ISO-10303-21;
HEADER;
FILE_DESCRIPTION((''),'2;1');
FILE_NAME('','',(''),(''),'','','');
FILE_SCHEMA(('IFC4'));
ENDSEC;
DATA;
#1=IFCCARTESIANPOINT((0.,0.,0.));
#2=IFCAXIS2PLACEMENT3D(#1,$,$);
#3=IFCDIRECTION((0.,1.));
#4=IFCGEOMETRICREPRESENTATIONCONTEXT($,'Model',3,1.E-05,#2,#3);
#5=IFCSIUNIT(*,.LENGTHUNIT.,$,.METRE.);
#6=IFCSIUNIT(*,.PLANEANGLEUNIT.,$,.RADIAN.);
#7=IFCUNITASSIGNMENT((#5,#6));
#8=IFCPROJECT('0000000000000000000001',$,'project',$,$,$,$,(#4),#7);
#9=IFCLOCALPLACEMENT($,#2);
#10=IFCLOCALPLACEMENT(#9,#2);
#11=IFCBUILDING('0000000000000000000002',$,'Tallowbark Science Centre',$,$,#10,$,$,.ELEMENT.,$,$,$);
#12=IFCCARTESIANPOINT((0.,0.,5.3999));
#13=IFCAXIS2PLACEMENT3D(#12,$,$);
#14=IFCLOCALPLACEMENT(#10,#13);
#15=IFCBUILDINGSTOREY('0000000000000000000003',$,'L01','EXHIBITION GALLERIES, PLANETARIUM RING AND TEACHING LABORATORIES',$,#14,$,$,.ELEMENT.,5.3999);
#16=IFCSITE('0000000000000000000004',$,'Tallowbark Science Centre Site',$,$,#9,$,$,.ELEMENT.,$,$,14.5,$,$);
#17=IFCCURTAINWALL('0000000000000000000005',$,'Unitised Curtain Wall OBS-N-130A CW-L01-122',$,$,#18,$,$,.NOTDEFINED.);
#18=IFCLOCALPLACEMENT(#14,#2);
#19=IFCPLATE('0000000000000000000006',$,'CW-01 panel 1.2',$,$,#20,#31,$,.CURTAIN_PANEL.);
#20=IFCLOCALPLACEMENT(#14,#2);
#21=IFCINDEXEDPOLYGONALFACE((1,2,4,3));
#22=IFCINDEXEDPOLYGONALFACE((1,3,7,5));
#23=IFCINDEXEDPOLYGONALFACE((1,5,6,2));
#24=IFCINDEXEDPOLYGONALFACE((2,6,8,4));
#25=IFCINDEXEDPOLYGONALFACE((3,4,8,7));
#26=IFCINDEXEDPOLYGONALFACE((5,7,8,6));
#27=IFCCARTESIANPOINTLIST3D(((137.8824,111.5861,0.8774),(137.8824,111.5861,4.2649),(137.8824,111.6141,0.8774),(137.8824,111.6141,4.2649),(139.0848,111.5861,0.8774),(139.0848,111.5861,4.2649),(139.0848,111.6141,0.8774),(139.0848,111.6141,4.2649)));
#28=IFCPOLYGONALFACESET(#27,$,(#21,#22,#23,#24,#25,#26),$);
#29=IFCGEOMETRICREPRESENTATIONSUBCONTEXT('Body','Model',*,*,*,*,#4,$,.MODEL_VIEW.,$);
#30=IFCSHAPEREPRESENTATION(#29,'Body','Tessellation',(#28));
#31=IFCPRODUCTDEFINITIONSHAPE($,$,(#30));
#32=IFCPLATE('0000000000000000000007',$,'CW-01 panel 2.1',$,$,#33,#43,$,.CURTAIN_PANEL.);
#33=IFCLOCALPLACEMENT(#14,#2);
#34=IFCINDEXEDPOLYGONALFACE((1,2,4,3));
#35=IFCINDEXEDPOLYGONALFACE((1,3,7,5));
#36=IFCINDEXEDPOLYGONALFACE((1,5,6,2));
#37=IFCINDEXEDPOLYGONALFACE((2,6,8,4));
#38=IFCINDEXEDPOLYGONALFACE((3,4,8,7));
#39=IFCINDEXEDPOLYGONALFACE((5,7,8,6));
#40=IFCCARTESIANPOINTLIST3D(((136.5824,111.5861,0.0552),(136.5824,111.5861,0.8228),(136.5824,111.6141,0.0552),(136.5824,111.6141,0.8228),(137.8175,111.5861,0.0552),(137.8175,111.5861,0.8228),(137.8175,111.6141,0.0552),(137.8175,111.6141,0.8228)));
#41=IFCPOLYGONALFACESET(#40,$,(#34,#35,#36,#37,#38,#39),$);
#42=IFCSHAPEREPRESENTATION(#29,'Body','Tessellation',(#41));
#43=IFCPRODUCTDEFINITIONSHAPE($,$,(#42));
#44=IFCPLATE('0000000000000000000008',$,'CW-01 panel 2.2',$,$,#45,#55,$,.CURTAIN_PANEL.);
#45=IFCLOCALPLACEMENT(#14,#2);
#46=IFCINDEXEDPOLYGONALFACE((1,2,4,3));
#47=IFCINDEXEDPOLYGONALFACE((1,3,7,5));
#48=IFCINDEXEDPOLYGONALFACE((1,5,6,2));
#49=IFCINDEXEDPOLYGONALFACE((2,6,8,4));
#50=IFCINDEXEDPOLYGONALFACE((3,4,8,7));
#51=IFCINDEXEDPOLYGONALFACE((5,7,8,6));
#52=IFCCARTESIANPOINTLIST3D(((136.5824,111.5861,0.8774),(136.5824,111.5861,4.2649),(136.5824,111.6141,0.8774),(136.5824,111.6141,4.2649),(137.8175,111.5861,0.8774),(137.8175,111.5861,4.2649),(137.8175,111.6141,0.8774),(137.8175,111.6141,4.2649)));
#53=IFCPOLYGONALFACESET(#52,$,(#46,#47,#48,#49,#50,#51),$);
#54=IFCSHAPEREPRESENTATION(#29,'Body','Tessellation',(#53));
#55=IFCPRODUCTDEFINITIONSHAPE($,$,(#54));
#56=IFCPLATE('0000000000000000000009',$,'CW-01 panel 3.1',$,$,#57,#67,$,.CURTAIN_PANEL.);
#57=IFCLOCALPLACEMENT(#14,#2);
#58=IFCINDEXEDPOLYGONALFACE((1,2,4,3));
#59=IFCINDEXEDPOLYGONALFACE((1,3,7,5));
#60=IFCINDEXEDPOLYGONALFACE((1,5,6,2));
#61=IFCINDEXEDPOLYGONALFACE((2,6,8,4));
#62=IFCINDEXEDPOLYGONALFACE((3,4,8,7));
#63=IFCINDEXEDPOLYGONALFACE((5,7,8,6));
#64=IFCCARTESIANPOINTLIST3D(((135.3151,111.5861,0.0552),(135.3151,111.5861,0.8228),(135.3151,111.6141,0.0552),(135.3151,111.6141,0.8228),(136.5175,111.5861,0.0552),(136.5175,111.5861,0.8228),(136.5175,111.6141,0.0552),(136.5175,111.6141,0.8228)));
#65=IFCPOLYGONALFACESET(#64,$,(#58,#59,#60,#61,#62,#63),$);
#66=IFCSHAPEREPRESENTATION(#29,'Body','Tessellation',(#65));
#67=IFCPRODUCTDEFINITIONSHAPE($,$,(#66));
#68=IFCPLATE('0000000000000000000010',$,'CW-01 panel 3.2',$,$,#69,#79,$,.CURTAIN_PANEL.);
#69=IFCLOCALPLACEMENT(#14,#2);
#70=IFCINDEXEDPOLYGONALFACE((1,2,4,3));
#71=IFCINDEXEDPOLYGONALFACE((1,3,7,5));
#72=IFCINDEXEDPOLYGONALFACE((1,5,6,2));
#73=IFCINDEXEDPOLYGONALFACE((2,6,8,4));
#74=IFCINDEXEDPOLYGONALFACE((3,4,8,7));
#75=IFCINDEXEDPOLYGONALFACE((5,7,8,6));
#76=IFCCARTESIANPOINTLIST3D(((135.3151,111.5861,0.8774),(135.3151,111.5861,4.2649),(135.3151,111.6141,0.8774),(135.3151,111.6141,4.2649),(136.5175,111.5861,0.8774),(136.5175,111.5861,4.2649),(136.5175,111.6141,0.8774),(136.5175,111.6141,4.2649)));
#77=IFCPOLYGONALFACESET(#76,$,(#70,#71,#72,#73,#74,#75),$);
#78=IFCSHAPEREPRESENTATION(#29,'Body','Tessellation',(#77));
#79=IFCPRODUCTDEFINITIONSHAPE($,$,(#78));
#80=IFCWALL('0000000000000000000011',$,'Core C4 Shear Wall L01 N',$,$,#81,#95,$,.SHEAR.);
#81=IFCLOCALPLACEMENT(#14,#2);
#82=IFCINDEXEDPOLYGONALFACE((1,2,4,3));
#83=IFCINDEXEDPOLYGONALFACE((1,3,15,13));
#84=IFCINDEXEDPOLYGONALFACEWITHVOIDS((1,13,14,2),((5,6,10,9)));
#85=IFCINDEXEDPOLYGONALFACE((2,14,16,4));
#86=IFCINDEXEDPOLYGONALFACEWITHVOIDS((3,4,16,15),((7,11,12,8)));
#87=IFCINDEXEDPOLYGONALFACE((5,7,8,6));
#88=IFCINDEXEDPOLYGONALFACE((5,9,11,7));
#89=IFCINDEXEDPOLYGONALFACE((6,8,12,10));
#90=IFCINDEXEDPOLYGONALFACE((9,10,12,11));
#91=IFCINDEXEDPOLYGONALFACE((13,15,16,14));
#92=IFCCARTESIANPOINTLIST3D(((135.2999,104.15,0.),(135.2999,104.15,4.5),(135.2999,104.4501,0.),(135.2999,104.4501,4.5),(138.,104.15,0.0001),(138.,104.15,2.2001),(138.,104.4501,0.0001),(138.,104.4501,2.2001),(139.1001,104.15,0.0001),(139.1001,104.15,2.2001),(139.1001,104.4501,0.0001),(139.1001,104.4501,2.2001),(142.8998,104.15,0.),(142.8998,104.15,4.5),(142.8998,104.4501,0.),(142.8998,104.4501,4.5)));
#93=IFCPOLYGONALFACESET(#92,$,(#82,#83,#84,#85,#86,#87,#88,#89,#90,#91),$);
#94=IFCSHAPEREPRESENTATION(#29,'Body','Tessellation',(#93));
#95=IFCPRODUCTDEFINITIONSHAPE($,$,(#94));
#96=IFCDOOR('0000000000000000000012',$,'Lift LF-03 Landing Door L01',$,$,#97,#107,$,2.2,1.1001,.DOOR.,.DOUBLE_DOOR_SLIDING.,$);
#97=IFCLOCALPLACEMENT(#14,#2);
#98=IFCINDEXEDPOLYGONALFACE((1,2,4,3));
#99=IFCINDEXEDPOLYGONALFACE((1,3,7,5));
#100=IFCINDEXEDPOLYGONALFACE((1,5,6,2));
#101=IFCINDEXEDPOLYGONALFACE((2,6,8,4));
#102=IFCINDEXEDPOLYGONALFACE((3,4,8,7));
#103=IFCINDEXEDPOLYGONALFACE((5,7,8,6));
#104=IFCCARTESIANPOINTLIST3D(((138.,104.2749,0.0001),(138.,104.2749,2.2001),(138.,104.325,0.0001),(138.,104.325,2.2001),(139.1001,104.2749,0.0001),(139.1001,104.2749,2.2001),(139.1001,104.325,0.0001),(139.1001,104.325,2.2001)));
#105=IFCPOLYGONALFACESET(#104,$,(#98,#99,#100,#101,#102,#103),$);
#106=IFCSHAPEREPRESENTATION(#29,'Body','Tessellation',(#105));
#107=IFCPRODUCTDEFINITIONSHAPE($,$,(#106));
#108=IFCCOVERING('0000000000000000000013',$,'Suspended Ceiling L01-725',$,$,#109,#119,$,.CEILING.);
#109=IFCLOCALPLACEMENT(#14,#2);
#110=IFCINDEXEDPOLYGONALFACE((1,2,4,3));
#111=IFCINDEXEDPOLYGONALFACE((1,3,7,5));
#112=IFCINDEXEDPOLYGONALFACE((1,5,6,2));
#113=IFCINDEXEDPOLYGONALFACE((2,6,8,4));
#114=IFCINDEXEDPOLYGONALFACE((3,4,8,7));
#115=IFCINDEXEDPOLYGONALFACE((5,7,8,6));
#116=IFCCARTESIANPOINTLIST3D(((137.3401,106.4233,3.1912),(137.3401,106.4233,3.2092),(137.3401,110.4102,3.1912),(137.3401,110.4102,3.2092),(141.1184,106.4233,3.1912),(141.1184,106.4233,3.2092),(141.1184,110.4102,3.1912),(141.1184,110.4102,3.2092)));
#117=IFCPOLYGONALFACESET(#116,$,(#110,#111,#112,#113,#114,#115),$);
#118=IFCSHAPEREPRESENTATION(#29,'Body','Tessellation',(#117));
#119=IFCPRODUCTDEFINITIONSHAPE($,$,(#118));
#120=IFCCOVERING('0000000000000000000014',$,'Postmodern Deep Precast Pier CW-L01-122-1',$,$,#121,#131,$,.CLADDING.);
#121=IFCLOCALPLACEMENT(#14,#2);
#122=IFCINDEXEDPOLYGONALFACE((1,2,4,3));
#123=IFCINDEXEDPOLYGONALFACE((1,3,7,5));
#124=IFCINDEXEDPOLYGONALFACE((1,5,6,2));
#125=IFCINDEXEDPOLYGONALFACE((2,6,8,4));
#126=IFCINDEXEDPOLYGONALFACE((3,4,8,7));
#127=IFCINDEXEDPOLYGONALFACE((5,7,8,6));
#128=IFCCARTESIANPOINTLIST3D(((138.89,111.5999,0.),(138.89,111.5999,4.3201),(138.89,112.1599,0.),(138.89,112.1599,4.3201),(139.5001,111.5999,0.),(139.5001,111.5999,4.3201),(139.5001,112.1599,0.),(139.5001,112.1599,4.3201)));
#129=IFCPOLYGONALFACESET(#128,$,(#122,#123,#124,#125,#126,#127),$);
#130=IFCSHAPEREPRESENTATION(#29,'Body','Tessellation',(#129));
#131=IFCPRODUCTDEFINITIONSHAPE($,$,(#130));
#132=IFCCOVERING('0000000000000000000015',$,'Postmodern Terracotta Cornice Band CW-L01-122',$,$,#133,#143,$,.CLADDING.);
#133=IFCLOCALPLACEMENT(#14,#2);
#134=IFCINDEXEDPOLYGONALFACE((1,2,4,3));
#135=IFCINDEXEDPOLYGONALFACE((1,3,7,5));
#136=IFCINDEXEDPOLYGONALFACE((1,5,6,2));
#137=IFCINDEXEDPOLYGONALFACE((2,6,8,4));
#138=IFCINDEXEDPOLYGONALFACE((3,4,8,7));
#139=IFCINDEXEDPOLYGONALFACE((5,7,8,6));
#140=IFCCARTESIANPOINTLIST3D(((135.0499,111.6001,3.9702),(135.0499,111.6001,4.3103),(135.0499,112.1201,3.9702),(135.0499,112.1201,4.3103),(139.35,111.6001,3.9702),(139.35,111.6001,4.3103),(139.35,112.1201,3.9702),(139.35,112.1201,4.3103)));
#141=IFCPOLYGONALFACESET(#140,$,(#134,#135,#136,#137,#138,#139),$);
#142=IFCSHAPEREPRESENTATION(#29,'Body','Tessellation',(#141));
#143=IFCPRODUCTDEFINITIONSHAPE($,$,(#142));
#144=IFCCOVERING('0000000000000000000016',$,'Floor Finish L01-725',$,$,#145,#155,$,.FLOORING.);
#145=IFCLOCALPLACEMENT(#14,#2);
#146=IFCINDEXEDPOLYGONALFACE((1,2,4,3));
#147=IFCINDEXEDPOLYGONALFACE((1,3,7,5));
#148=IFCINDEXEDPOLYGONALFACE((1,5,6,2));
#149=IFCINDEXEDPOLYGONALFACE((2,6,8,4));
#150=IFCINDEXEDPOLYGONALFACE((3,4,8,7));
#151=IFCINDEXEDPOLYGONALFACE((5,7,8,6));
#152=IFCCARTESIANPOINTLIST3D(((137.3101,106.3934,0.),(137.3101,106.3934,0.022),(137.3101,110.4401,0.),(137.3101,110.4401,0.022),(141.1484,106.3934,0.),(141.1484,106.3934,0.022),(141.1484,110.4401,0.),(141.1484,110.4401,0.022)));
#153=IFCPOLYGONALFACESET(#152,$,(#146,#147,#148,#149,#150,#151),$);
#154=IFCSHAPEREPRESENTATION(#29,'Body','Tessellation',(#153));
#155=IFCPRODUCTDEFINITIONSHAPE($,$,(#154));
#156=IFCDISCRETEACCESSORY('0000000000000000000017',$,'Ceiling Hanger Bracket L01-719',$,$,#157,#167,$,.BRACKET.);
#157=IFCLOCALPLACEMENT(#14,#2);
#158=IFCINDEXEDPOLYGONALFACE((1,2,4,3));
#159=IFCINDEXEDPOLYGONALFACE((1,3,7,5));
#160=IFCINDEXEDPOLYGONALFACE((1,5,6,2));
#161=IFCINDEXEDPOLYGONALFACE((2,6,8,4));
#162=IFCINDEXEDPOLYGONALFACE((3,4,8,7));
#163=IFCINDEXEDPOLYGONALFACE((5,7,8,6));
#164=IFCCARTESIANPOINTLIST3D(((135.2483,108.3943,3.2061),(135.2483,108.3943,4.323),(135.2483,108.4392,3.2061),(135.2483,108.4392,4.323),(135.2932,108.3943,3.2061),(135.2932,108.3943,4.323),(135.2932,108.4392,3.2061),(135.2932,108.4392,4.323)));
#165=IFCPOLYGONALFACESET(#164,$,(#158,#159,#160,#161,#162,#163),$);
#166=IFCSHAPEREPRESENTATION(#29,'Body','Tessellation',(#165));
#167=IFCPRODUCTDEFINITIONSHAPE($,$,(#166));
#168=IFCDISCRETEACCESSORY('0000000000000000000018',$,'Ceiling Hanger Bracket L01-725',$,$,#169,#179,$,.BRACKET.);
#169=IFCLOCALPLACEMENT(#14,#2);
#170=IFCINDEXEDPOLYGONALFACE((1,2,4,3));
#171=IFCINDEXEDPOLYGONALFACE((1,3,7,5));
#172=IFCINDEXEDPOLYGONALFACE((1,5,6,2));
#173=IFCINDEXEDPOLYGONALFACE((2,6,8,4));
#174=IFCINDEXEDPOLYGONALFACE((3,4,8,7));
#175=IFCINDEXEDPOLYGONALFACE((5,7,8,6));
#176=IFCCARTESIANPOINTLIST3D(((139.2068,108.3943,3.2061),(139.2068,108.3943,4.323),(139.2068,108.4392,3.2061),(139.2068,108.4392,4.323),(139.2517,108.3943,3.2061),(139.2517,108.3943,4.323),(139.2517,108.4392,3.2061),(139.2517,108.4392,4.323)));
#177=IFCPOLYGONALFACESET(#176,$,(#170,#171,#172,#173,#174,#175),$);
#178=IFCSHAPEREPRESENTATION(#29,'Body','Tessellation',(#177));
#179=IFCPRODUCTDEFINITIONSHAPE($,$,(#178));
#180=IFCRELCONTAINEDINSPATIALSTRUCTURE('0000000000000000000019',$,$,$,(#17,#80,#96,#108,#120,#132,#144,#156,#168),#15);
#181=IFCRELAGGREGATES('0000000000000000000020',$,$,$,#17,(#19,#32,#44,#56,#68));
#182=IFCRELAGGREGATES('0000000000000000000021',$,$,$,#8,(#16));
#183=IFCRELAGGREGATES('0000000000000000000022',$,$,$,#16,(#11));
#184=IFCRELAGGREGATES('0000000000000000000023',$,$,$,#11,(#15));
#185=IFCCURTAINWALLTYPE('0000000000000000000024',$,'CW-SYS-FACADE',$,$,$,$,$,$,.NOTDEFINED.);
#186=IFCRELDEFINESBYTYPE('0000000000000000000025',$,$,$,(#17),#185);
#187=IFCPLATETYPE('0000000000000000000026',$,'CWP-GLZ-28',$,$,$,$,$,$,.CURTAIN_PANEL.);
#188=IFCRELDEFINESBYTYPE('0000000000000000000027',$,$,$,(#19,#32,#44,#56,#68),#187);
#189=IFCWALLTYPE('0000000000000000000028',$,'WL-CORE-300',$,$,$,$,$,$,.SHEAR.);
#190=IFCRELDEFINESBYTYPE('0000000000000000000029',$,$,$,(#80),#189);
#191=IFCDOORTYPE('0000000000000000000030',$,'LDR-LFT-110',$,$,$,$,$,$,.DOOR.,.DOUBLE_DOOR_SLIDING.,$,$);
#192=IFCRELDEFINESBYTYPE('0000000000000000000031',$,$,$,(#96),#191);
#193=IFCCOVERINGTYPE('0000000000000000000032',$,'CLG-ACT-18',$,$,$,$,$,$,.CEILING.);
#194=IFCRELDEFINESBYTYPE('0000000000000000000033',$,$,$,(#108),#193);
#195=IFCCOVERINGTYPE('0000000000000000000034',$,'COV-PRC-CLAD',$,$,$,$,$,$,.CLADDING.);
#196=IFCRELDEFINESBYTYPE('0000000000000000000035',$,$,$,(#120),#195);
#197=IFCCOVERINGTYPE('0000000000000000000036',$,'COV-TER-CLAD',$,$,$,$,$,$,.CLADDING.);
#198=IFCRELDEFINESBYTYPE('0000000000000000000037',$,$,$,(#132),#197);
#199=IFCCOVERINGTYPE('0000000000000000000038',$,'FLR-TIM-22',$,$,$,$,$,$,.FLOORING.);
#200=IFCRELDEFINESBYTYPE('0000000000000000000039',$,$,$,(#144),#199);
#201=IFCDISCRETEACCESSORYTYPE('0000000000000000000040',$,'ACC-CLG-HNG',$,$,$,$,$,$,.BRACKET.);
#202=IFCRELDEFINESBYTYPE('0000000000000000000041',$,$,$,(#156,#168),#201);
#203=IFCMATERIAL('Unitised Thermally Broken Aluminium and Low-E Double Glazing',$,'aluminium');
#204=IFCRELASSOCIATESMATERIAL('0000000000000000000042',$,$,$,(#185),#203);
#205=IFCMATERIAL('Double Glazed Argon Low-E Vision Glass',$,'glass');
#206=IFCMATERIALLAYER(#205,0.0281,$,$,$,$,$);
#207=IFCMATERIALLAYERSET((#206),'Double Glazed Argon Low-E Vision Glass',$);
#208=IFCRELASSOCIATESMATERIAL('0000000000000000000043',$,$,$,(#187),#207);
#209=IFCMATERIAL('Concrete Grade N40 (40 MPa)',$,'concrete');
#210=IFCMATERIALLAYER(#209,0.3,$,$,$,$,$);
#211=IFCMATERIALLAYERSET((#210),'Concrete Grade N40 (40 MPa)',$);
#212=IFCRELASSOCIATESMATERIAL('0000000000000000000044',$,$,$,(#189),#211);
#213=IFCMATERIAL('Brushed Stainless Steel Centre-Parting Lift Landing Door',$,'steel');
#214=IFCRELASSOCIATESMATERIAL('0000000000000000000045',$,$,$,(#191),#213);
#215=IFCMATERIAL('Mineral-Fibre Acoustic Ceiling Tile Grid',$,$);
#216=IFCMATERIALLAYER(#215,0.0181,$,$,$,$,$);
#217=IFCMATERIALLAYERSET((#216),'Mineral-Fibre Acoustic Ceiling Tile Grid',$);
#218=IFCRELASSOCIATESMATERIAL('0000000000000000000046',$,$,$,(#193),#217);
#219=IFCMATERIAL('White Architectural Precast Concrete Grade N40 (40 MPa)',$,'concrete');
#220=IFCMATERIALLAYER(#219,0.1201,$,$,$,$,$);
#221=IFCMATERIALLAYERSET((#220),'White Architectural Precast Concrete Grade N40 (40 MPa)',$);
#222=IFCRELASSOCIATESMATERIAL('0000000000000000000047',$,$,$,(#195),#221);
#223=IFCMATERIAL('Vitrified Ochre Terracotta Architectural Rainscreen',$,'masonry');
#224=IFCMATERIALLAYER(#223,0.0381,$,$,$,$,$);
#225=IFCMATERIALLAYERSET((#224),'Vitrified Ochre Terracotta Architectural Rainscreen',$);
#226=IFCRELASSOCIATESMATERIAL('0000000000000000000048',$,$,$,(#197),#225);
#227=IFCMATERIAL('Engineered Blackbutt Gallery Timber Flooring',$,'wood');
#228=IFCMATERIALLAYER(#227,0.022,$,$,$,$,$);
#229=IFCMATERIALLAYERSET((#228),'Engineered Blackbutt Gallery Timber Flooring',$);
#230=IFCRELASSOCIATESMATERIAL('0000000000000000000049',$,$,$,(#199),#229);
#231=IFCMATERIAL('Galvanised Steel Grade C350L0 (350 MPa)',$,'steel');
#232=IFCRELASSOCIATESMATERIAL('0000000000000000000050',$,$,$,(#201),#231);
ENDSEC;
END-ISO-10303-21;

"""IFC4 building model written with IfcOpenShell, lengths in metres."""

from ifc_helpers import new_model, si_unit, direction, frame, frame_2d, origin, origin_2d, place, context, subcontext, project, spatial, rectangle, extrude, material, layer, layer_set, type_object, element, fill, aggregate, save


model = new_model("IFC4")

# Units and contexts
model_context = context("Model", 3, precision=1e-05, world=origin(), true_north=direction((0.0, 1.0)))
body_context = subcontext(model_context, "Body", "Model", "MODEL_VIEW")
ifc_project = project(units=[si_unit("LENGTHUNIT", "METRE"), si_unit("PLANEANGLEUNIT", "RADIAN")], contexts=[model_context])

# Site, building, storey
site_placement = place(None, origin())
site = spatial("IfcSite", under=ifc_project, at=site_placement, Name="Tallowbark Science Centre Site", CompositionType="ELEMENT", RefElevation=14.5)
building_placement = place(site_placement, origin())
building = spatial("IfcBuilding", under=site, at=building_placement, Name="Tallowbark Science Centre", CompositionType="ELEMENT")
storey_placement = place(building_placement, frame((0.0, 0.0, 5.3999)))
storey = spatial("IfcBuildingStorey", under=building, at=storey_placement, Name="L01", Description="EXHIBITION GALLERIES, PLANETARIUM RING AND TEACHING LABORATORIES", CompositionType="ELEMENT", Elevation=5.3999)

# Curtain wall, plates
ifc_material_1 = material(Name="Unitised Thermally Broken Aluminium and Low-E Double Glazing", Category="aluminium")
curtain_wall_type = type_object("IfcCurtainWallType", Name="CW-SYS-FACADE", PredefinedType="NOTDEFINED", material=ifc_material_1)
curtain_wall_placement = place(storey_placement, origin())
curtain_wall = element("IfcCurtainWall", 1, at=curtain_wall_placement, inside=storey, type_object=curtain_wall_type, Name="Unitised Curtain Wall OBS-N-130A CW-L01-122", PredefinedType="NOTDEFINED")
ifc_material_2 = material(Name="Double Glazed Argon Low-E Vision Glass", Category="glass")
ifc_layer_1 = layer(ifc_material_2, 0.0281)
ifc_layer_set_1 = layer_set([ifc_layer_1], Name="Double Glazed Argon Low-E Vision Glass")
plate_type = type_object("IfcPlateType", Name="CWP-GLZ-28", PredefinedType="CURTAIN_PANEL", material=ifc_layer_set_1)
plate_1_placement = place(storey_placement, frame((138.4836, 111.6001, 0.8774), z_axis=(0.0, 0.0, 1.0), x_axis=(-1.0, 0.0, 0.0)))
plate_1 = element("IfcPlate", 2, at=plate_1_placement, type_object=plate_type, Name="CW-01 panel 1.2", PredefinedType="CURTAIN_PANEL", context=body_context, shape_type="SweptSolid", body=[
    extrude(rectangle(XDim=1.2024, YDim=0.0281, at=origin_2d()), origin(), (0.0, 0.0, 1.0), 3.3875),
])
plate_2_placement = place(storey_placement, frame((137.2, 111.6001, 0.0552), z_axis=(0.0, 0.0, 1.0), x_axis=(-1.0, 0.0, 0.0)))
plate_2 = element("IfcPlate", 3, at=plate_2_placement, type_object=plate_type, Name="CW-01 panel 2.1", PredefinedType="CURTAIN_PANEL", context=body_context, shape_type="SweptSolid", body=[
    extrude(rectangle(XDim=1.2351, YDim=0.0281, at=origin_2d()), origin(), (0.0, 0.0, 1.0), 0.7676),
])
plate_3_placement = place(storey_placement, frame((137.2, 111.6001, 0.8774), z_axis=(0.0, 0.0, 1.0), x_axis=(-1.0, 0.0, 0.0)))
plate_3 = element("IfcPlate", 4, at=plate_3_placement, type_object=plate_type, Name="CW-01 panel 2.2", PredefinedType="CURTAIN_PANEL", context=body_context, shape_type="SweptSolid", body=[
    extrude(rectangle(XDim=1.2351, YDim=0.0281, at=origin_2d()), origin(), (0.0, 0.0, 1.0), 3.3875),
])
plate_4_placement = place(storey_placement, frame((135.9163, 111.6001, 0.0552), z_axis=(0.0, 0.0, 1.0), x_axis=(-1.0, 0.0, 0.0)))
plate_4 = element("IfcPlate", 5, at=plate_4_placement, type_object=plate_type, Name="CW-01 panel 3.1", PredefinedType="CURTAIN_PANEL", context=body_context, shape_type="SweptSolid", body=[
    extrude(rectangle(XDim=1.2024, YDim=0.0281, at=origin_2d()), origin(), (0.0, 0.0, 1.0), 0.7676),
])
plate_5_placement = place(storey_placement, frame((135.9163, 111.6001, 0.8774), z_axis=(0.0, 0.0, 1.0), x_axis=(-1.0, 0.0, 0.0)))
plate_5 = element("IfcPlate", 6, at=plate_5_placement, type_object=plate_type, Name="CW-01 panel 3.2", PredefinedType="CURTAIN_PANEL", context=body_context, shape_type="SweptSolid", body=[
    extrude(rectangle(XDim=1.2024, YDim=0.0281, at=origin_2d()), origin(), (0.0, 0.0, 1.0), 3.3875),
])
aggregate(curtain_wall, [plate_1, plate_2, plate_3, plate_4, plate_5])

# Wall, opening, door
ifc_material_3 = material(Name="Concrete Grade N40 (40 MPa)", Category="concrete")
ifc_layer_2 = layer(ifc_material_3, 0.3)
ifc_layer_set_2 = layer_set([ifc_layer_2], Name="Concrete Grade N40 (40 MPa)")
wall_type = type_object("IfcWallType", Name="WL-CORE-300", PredefinedType="SHEAR", material=ifc_layer_set_2)
wall_placement = place(storey_placement, frame((135.3, 104.3, 0.0), z_axis=(0.0, 0.0, 1.0), x_axis=(1.0, 0.0, 0.0)))
wall = element("IfcWall", 7, at=wall_placement, inside=storey, type_object=wall_type, Name="Core C4 Shear Wall L01 N", PredefinedType="SHEAR", context=body_context, shape_type="SweptSolid", body=[
    extrude(rectangle(XDim=7.5999, YDim=0.3, at=frame_2d((3.7998, 0.0))), origin(), (0.0, 0.0, 1.0), 4.5),
])
opening_placement = place(wall_placement, frame((2.7, 0.0, 0.0)))
opening = element("IfcOpeningElement", 8, at=opening_placement, cuts=wall, PredefinedType="OPENING", context=body_context, shape_type="SweptSolid", body=[
    extrude(rectangle(XDim=1.1001, YDim=2.2, at=frame_2d((0.55, 1.1001))), frame((0.0, 0.1602, 0.0), z_axis=(0.0, -1.0, 0.0), x_axis=(1.0, 0.0, 0.0)), (0.0, 0.0, 1.0), 0.3201),
])
ifc_material_4 = material(Name="Brushed Stainless Steel Centre-Parting Lift Landing Door", Category="steel")
door_type = type_object("IfcDoorType", Name="LDR-LFT-110", OperationType="DOUBLE_DOOR_SLIDING", PredefinedType="DOOR", material=ifc_material_4)
door_placement = place(opening_placement, origin())
door = element("IfcDoor", 9, at=door_placement, inside=storey, type_object=door_type, Name="Lift LF-03 Landing Door L01", OperationType="DOUBLE_DOOR_SLIDING", OverallHeight=2.2, OverallWidth=1.1001, PredefinedType="DOOR", context=body_context, shape_type="SweptSolid", body=[
    extrude(rectangle(XDim=1.1001, YDim=2.2, at=frame_2d((0.55, 1.1001))), frame((0.0, 0.0249, 0.0), z_axis=(0.0, -1.0, 0.0), x_axis=(1.0, 0.0, 0.0)), (0.0, 0.0, 1.0), 0.05),
])
fill(opening, door)

# Coverings
ifc_material_5 = material(Name="Mineral-Fibre Acoustic Ceiling Tile Grid")
ifc_layer_3 = layer(ifc_material_5, 0.0181)
ifc_layer_set_3 = layer_set([ifc_layer_3], Name="Mineral-Fibre Acoustic Ceiling Tile Grid")
covering_type_1 = type_object("IfcCoveringType", Name="CLG-ACT-18", PredefinedType="CEILING", material=ifc_layer_set_3)
covering_1_placement = place(storey_placement, frame((139.2292, 108.4167, 3.1912), z_axis=(0.0, 0.0, 1.0), x_axis=(1.0, 0.0, 0.0)))
element("IfcCovering", 10, at=covering_1_placement, inside=storey, type_object=covering_type_1, Name="Suspended Ceiling L01-725", PredefinedType="CEILING", context=body_context, shape_type="SweptSolid", body=[
    extrude(rectangle(XDim=3.7783, YDim=3.9868, at=origin_2d()), origin(), (0.0, 0.0, 1.0), 0.0181),
])
ifc_material_6 = material(Name="White Architectural Precast Concrete Grade N40 (40 MPa)", Category="concrete")
ifc_layer_4 = layer(ifc_material_6, 0.1201)
ifc_layer_set_4 = layer_set([ifc_layer_4], Name="White Architectural Precast Concrete Grade N40 (40 MPa)")
covering_type_2 = type_object("IfcCoveringType", Name="COV-PRC-CLAD", PredefinedType="CLADDING", material=ifc_layer_set_4)
covering_2_placement = place(storey_placement, frame((139.1951, 111.8799, 0.0), z_axis=(0.0, 0.0, 1.0), x_axis=(-1.0, 0.0, 0.0)))
element("IfcCovering", 11, at=covering_2_placement, inside=storey, type_object=covering_type_2, Name="Postmodern Deep Precast Pier CW-L01-122-1", PredefinedType="CLADDING", context=body_context, shape_type="SweptSolid", body=[
    extrude(rectangle(XDim=0.6101, YDim=0.5601, at=origin_2d()), origin(), (0.0, 0.0, 1.0), 4.3201),
])
ifc_material_7 = material(Name="Vitrified Ochre Terracotta Architectural Rainscreen", Category="masonry")
ifc_layer_5 = layer(ifc_material_7, 0.0381)
ifc_layer_set_5 = layer_set([ifc_layer_5], Name="Vitrified Ochre Terracotta Architectural Rainscreen")
covering_type_3 = type_object("IfcCoveringType", Name="COV-TER-CLAD", PredefinedType="CLADDING", material=ifc_layer_set_5)
covering_3_placement = place(storey_placement, frame((137.2, 111.8601, 3.9702), z_axis=(0.0, 0.0, 1.0), x_axis=(-1.0, 0.0, 0.0)))
element("IfcCovering", 12, at=covering_3_placement, inside=storey, type_object=covering_type_3, Name="Postmodern Terracotta Cornice Band CW-L01-122", PredefinedType="CLADDING", context=body_context, shape_type="SweptSolid", body=[
    extrude(rectangle(XDim=4.3, YDim=0.52, at=origin_2d()), origin(), (0.0, 0.0, 1.0), 0.3401),
])
ifc_material_8 = material(Name="Engineered Blackbutt Gallery Timber Flooring", Category="wood")
ifc_layer_6 = layer(ifc_material_8, 0.022)
ifc_layer_set_6 = layer_set([ifc_layer_6], Name="Engineered Blackbutt Gallery Timber Flooring")
covering_type_4 = type_object("IfcCoveringType", Name="FLR-TIM-22", PredefinedType="FLOORING", material=ifc_layer_set_6)
covering_4_placement = place(storey_placement, frame((139.2292, 108.4167, 0.0), z_axis=(0.0, 0.0, 1.0), x_axis=(1.0, 0.0, 0.0)))
element("IfcCovering", 13, at=covering_4_placement, inside=storey, type_object=covering_type_4, Name="Floor Finish L01-725", PredefinedType="FLOORING", context=body_context, shape_type="SweptSolid", body=[
    extrude(rectangle(XDim=3.8384, YDim=4.0466, at=origin_2d()), origin(), (0.0, 0.0, 1.0), 0.022),
])

# Discrete accessories
ifc_material_9 = material(Name="Galvanised Steel Grade C350L0 (350 MPa)", Category="steel")
discrete_accessory_type = type_object("IfcDiscreteAccessoryType", Name="ACC-CLG-HNG", PredefinedType="BRACKET", material=ifc_material_9)
for number, where, z_axis, x_axis, name in (
    (14, (135.2708, 108.4167, 3.2061), (0.0, 0.0, 1.0), (1.0, 0.0, 0.0), "Ceiling Hanger Bracket L01-719"),
    (15, (139.2292, 108.4167, 3.2061), (0.0, 0.0, 1.0), (1.0, 0.0, 0.0), "Ceiling Hanger Bracket L01-725"),
):
    element("IfcDiscreteAccessory", number, at=place(storey_placement, frame(where, z_axis=z_axis, x_axis=x_axis)), inside=storey, type_object=discrete_accessory_type, Name=name, PredefinedType="BRACKET", context=body_context, shape_type="SweptSolid", body=[
        extrude(rectangle(XDim=0.0449, YDim=0.0449, at=origin_2d()), origin(), (0.0, 0.0, 1.0), 1.1169),
    ])

save(model, "model.ifc")
